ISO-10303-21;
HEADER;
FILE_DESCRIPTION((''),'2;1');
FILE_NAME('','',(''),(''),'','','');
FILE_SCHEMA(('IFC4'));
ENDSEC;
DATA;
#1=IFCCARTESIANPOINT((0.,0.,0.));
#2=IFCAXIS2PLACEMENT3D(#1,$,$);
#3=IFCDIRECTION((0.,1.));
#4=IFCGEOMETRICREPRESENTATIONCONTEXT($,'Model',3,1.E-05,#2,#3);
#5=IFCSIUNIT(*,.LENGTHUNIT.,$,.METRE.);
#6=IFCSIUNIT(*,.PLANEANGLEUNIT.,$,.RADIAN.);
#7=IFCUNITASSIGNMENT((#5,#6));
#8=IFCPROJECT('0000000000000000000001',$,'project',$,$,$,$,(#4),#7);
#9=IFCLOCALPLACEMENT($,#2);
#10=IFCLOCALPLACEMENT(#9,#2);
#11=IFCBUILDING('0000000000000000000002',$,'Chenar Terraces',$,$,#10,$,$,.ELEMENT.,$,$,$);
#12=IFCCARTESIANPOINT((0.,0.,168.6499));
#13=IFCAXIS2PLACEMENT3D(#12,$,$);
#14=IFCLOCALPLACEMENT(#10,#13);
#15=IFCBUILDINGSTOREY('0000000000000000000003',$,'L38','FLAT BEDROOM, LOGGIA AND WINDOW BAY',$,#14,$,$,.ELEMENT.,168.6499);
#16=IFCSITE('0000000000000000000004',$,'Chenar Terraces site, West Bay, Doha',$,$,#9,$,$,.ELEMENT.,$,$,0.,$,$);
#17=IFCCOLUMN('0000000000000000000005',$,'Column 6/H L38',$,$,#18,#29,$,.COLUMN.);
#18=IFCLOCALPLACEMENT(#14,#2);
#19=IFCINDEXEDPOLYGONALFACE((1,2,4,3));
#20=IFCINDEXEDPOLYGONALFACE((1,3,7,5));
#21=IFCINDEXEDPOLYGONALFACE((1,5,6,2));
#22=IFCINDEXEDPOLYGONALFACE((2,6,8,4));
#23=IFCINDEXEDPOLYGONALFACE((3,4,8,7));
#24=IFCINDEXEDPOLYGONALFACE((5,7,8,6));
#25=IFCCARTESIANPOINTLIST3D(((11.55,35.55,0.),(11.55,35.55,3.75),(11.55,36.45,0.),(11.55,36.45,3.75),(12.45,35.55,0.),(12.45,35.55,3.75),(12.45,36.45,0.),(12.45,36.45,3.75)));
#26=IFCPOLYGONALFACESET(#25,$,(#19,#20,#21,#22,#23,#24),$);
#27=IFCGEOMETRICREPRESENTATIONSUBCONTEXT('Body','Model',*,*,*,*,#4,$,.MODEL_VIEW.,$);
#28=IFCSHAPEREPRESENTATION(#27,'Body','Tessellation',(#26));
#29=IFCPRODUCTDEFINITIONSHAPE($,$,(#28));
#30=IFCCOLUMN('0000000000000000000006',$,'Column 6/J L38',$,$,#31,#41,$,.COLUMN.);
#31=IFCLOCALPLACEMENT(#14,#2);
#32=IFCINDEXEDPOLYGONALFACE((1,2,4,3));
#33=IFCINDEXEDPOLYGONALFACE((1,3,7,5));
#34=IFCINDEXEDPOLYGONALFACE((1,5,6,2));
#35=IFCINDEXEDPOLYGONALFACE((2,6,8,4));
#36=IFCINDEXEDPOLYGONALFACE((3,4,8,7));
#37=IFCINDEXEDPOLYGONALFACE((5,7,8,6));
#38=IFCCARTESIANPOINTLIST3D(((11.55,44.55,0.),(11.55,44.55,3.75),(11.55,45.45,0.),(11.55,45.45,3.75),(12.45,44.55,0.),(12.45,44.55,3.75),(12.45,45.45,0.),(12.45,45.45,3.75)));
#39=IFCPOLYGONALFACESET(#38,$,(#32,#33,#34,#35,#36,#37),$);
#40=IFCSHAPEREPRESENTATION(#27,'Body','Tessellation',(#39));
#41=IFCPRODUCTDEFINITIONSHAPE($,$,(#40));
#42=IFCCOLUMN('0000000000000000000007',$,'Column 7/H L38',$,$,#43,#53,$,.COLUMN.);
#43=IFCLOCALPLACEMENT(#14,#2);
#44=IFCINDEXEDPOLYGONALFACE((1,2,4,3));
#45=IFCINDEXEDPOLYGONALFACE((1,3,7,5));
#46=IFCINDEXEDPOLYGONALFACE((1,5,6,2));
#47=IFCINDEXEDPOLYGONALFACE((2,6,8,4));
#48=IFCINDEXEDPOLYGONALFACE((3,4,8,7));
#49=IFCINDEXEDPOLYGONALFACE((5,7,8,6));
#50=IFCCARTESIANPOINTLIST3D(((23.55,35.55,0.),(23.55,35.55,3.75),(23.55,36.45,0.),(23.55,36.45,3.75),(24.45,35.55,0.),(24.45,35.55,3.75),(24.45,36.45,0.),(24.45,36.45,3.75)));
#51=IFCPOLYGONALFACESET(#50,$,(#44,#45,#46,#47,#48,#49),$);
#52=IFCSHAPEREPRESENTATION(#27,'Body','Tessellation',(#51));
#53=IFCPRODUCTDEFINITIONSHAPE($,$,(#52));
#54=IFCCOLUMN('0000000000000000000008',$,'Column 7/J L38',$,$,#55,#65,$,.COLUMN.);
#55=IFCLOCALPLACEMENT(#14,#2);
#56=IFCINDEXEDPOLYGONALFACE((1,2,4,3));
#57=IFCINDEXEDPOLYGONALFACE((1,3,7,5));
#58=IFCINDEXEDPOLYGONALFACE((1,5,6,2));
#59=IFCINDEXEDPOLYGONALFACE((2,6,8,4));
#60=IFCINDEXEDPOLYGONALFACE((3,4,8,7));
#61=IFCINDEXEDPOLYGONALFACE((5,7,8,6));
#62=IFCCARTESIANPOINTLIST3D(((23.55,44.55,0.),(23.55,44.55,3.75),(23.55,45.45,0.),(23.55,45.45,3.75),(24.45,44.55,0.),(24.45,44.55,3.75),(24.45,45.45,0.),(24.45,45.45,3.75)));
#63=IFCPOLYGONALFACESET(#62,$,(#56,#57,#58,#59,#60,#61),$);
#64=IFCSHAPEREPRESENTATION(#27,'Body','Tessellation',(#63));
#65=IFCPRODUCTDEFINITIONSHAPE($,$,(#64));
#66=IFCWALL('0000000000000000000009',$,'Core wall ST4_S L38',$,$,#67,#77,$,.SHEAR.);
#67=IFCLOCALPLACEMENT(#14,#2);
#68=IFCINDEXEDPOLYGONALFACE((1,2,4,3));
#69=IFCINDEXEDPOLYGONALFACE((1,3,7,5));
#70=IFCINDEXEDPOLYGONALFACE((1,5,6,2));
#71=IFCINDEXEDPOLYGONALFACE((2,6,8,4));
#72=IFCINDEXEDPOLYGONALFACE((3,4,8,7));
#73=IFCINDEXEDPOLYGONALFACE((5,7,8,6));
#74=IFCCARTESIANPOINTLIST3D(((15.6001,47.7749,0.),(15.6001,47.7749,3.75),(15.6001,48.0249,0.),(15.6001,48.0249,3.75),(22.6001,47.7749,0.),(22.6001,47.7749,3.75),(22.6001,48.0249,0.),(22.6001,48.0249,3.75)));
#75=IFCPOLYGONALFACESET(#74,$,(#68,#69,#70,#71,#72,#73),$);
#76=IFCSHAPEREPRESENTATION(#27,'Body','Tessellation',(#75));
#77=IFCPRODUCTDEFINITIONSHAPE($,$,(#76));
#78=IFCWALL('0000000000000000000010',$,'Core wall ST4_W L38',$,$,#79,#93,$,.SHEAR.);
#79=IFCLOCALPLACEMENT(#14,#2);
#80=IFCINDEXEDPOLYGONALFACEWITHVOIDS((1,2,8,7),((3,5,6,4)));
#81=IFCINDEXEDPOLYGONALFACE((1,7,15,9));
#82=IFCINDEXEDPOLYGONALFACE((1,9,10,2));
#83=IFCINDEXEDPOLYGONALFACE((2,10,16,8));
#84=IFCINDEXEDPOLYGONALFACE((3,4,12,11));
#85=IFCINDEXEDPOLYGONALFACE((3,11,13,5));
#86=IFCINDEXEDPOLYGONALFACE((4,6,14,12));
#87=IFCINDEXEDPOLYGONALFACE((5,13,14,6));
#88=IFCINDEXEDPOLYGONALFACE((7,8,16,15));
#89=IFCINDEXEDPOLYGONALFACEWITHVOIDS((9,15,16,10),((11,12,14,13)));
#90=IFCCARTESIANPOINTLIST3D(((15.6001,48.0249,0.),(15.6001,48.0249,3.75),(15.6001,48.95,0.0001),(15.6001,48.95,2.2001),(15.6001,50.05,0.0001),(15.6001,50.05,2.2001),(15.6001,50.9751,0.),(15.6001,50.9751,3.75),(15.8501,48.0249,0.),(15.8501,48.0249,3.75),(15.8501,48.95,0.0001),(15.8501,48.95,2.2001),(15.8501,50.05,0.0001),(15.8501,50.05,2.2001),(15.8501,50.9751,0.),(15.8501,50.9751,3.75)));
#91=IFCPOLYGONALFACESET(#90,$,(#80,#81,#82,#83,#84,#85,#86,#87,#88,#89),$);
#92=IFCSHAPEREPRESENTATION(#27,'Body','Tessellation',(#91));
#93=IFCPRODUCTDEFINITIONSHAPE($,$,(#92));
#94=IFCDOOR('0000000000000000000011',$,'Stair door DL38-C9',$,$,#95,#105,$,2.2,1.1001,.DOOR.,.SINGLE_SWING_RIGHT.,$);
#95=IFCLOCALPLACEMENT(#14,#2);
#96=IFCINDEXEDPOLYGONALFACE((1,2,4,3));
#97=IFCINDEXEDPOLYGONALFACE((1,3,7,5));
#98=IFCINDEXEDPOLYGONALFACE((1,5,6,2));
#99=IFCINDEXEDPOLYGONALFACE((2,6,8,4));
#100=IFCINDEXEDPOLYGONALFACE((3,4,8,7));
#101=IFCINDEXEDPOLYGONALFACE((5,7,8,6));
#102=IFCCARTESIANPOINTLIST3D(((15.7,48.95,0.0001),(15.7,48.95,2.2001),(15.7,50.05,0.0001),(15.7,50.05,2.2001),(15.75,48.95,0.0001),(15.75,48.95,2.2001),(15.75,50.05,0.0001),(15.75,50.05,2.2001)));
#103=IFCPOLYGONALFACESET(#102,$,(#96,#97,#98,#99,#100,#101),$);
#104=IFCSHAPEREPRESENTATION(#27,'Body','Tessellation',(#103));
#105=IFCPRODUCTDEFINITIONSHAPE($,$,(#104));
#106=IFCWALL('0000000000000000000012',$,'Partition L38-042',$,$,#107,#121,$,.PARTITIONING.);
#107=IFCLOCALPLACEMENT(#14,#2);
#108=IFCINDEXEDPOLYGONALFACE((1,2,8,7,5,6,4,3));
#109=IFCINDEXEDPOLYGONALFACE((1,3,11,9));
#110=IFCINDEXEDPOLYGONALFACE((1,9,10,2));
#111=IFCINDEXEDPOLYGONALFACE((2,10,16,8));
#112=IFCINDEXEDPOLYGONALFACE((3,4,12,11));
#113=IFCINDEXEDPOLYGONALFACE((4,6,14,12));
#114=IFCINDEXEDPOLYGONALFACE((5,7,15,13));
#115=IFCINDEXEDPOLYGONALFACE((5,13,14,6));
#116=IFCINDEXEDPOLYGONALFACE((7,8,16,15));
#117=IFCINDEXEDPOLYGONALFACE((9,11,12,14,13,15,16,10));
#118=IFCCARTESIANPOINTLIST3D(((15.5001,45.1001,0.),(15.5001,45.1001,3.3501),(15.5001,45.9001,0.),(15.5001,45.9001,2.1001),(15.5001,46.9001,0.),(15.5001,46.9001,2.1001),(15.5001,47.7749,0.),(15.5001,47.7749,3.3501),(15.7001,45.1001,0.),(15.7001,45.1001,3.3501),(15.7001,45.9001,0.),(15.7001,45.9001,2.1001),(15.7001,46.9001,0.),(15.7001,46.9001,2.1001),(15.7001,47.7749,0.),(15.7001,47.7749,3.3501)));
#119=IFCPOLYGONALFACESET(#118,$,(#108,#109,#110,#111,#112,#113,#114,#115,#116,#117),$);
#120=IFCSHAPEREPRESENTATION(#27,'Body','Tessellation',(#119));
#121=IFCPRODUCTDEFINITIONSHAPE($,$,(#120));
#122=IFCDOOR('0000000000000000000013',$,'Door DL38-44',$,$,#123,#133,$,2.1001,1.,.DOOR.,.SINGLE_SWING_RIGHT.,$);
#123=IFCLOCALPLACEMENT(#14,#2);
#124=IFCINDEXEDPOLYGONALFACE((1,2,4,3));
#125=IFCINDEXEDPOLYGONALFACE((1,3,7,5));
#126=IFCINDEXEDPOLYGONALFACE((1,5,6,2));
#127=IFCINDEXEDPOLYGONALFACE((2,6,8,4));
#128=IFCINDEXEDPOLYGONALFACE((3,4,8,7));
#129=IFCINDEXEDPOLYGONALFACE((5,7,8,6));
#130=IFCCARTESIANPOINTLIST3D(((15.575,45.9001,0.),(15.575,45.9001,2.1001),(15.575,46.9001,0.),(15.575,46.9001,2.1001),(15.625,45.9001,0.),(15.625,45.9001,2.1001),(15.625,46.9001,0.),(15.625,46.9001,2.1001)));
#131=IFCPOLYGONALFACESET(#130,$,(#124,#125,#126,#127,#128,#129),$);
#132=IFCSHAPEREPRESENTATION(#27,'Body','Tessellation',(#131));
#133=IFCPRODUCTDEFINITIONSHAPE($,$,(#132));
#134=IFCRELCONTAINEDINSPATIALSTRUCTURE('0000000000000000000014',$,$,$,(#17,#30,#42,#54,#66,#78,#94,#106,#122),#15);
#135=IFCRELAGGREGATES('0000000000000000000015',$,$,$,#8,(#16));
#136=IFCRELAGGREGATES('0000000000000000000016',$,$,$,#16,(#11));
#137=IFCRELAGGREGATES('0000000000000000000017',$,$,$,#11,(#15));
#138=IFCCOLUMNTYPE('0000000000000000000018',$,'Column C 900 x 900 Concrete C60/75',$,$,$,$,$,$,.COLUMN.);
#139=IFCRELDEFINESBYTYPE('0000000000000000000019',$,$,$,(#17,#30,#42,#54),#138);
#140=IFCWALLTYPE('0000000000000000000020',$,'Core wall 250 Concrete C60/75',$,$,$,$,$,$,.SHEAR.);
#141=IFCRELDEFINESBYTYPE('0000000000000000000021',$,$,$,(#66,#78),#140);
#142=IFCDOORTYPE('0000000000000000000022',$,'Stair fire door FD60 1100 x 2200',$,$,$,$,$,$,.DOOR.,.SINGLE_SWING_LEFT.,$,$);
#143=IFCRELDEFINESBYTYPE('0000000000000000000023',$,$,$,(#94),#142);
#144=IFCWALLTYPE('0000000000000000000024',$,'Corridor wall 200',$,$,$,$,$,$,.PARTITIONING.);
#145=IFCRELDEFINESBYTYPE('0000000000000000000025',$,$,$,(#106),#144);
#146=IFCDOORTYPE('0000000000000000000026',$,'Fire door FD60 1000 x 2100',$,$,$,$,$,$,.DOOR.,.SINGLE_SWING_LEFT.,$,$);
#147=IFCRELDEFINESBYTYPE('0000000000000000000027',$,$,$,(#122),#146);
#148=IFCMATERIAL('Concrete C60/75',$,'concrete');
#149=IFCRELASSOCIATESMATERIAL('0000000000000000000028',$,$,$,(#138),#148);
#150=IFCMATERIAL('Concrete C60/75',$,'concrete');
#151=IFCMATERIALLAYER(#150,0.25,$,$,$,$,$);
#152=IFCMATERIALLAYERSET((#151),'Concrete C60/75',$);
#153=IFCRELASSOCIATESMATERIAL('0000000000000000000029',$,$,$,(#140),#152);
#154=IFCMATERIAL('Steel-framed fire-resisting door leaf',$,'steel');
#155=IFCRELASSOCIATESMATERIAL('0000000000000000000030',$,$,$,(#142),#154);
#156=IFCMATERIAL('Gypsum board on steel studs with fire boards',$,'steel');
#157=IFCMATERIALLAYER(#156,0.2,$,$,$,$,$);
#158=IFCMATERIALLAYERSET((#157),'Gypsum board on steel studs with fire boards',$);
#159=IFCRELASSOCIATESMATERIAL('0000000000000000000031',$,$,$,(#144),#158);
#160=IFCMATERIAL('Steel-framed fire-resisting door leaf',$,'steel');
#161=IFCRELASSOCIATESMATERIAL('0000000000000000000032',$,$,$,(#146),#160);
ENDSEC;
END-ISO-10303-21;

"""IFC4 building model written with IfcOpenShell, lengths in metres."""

from ifc_helpers import new_model, si_unit, direction, frame, frame_2d, origin, origin_2d, place, context, subcontext, project, spatial, rectangle, extrude, material, layer, layer_set, material_profile, profile_set, type_object, element, fill, save


model = new_model("IFC4")

# Units and contexts
model_context = context("Model", 3, precision=1e-05, world=origin(), true_north=direction((0.0, 1.0)))
body_context = subcontext(model_context, "Body", "Model", "MODEL_VIEW")
ifc_project = project(units=[si_unit("LENGTHUNIT", "METRE"), si_unit("PLANEANGLEUNIT", "RADIAN")], contexts=[model_context])

# Site, building, storey
site_placement = place(None, origin())
site = spatial("IfcSite", under=ifc_project, at=site_placement, Name="Chenar Terraces site, West Bay, Doha", CompositionType="ELEMENT", RefElevation=0.0)
building_placement = place(site_placement, origin())
building = spatial("IfcBuilding", under=site, at=building_placement, Name="Chenar Terraces", CompositionType="ELEMENT")
storey_placement = place(building_placement, frame((0.0, 0.0, 168.6499)))
storey = spatial("IfcBuildingStorey", under=building, at=storey_placement, Name="L38", Description="FLAT BEDROOM, LOGGIA AND WINDOW BAY", CompositionType="ELEMENT", Elevation=168.6499)

# Columns
ifc_material_1 = material(Name="Concrete C60/75", Category="concrete")
ifc_material_profile = material_profile(ifc_material_1, rectangle(XDim=0.8999, YDim=0.8999, at=origin_2d()), Name="C 900 x 900")
ifc_profile_set = profile_set([ifc_material_profile], Name="Concrete C60/75")
column_type = type_object("IfcColumnType", Name="Column C 900 x 900 Concrete C60/75", PredefinedType="COLUMN", material=ifc_profile_set)
for number, where, z_axis, x_axis, name in (
    (1, (12.0, 36.0, 0.0), (0.0, 0.0, 1.0), (1.0, 0.0, 0.0), "Column 6/H L38"),
    (2, (12.0, 45.0, 0.0), (0.0, 0.0, 1.0), (1.0, 0.0, 0.0), "Column 6/J L38"),
    (3, (24.0, 36.0, 0.0), (0.0, 0.0, 1.0), (1.0, 0.0, 0.0), "Column 7/H L38"),
    (4, (24.0, 45.0, 0.0), (0.0, 0.0, 1.0), (1.0, 0.0, 0.0), "Column 7/J L38"),
):
    element("IfcColumn", number, at=place(storey_placement, frame(where, z_axis=z_axis, x_axis=x_axis)), inside=storey, type_object=column_type, Name=name, PredefinedType="COLUMN", context=body_context, shape_type="SweptSolid", body=[
        extrude(rectangle(XDim=0.8999, YDim=0.8999, at=origin_2d()), origin(), (0.0, 0.0, 1.0), 3.75),
    ])

# Wall
ifc_material_2 = material(Name="Concrete C60/75", Category="concrete")
ifc_layer_1 = layer(ifc_material_2, 0.25)
ifc_layer_set_1 = layer_set([ifc_layer_1], Name="Concrete C60/75")
wall_type_1 = type_object("IfcWallType", Name="Core wall 250 Concrete C60/75", PredefinedType="SHEAR", material=ifc_layer_set_1)
wall_1_placement = place(storey_placement, frame((15.6001, 47.8999, 0.0), z_axis=(0.0, 0.0, 1.0), x_axis=(1.0, 0.0, 0.0)))
element("IfcWall", 5, at=wall_1_placement, inside=storey, type_object=wall_type_1, Name="Core wall ST4_S L38", PredefinedType="SHEAR", context=body_context, shape_type="SweptSolid", body=[
    extrude(rectangle(XDim=7.0, YDim=0.25, at=frame_2d((3.5, 0.0))), origin(), (0.0, 0.0, 1.0), 3.75),
])

# Walls, openings, doors
wall_2_placement = place(storey_placement, frame((15.7251, 48.0249, 0.0), z_axis=(0.0, 0.0, 1.0), x_axis=(0.0, 1.0, 0.0)))
wall_2 = element("IfcWall", 6, at=wall_2_placement, inside=storey, type_object=wall_type_1, Name="Core wall ST4_W L38", PredefinedType="SHEAR", context=body_context, shape_type="SweptSolid", body=[
    extrude(rectangle(XDim=2.9502, YDim=0.25, at=frame_2d((1.4751, 0.0))), origin(), (0.0, 0.0, 1.0), 3.75),
])
opening_1_placement = place(wall_2_placement, frame((0.925, 0.0, 0.0)))
opening_1 = element("IfcOpeningElement", 7, at=opening_1_placement, cuts=wall_2, PredefinedType="OPENING", context=body_context, shape_type="SweptSolid", body=[
    extrude(rectangle(XDim=1.1001, YDim=2.2, at=frame_2d((0.55, 1.1001))), frame((0.0, 0.135, 0.0), z_axis=(0.0, -1.0, 0.0), x_axis=(1.0, 0.0, 0.0)), (0.0, 0.0, 1.0), 0.27),
])
ifc_material_3 = material(Name="Steel-framed fire-resisting door leaf", Category="steel")
door_type_1 = type_object("IfcDoorType", Name="Stair fire door FD60 1100 x 2200", OperationType="SINGLE_SWING_LEFT", PredefinedType="DOOR", material=ifc_material_3)
door_1_placement = place(opening_1_placement, frame((1.1001, 0.0, 0.0), z_axis=(0.0, 0.0, 1.0), x_axis=(-1.0, 0.0, 0.0)))
door_1 = element("IfcDoor", 8, at=door_1_placement, inside=storey, type_object=door_type_1, Name="Stair door DL38-C9", OperationType="SINGLE_SWING_RIGHT", OverallHeight=2.2, OverallWidth=1.1001, PredefinedType="DOOR", context=body_context, shape_type="SweptSolid", body=[
    extrude(rectangle(XDim=1.1001, YDim=2.2, at=frame_2d((0.55, 1.1001))), frame((0.0, 0.0249, 0.0), z_axis=(0.0, -1.0, 0.0), x_axis=(1.0, 0.0, 0.0)), (0.0, 0.0, 1.0), 0.05),
])
fill(opening_1, door_1)
ifc_material_4 = material(Name="Gypsum board on steel studs with fire boards", Category="steel")
ifc_layer_2 = layer(ifc_material_4, 0.2)
ifc_layer_set_2 = layer_set([ifc_layer_2], Name="Gypsum board on steel studs with fire boards")
wall_type_2 = type_object("IfcWallType", Name="Corridor wall 200", PredefinedType="PARTITIONING", material=ifc_layer_set_2)
wall_3_placement = place(storey_placement, frame((15.6001, 45.1001, 0.0), z_axis=(0.0, 0.0, 1.0), x_axis=(0.0, 1.0, 0.0)))
wall_3 = element("IfcWall", 9, at=wall_3_placement, inside=storey, type_object=wall_type_2, Name="Partition L38-042", PredefinedType="PARTITIONING", context=body_context, shape_type="SweptSolid", body=[
    extrude(rectangle(XDim=2.6748, YDim=0.2, at=frame_2d((1.3374, 0.0))), origin(), (0.0, 0.0, 1.0), 3.3501),
])
opening_2_placement = place(wall_3_placement, frame((0.8, 0.0, 0.0)))
opening_2 = element("IfcOpeningElement", 10, at=opening_2_placement, cuts=wall_3, PredefinedType="OPENING", context=body_context, shape_type="SweptSolid", body=[
    extrude(rectangle(XDim=1.0, YDim=2.1001, at=frame_2d((0.5, 1.05))), frame((0.0, 0.1099, 0.0), z_axis=(0.0, -1.0, 0.0), x_axis=(1.0, 0.0, 0.0)), (0.0, 0.0, 1.0), 0.22),
])
ifc_material_5 = material(Name="Steel-framed fire-resisting door leaf", Category="steel")
door_type_2 = type_object("IfcDoorType", Name="Fire door FD60 1000 x 2100", OperationType="SINGLE_SWING_LEFT", PredefinedType="DOOR", material=ifc_material_5)
door_2_placement = place(opening_2_placement, frame((1.0, 0.0, 0.0), z_axis=(0.0, 0.0, 1.0), x_axis=(-1.0, 0.0, 0.0)))
door_2 = element("IfcDoor", 11, at=door_2_placement, inside=storey, type_object=door_type_2, Name="Door DL38-44", OperationType="SINGLE_SWING_RIGHT", OverallHeight=2.1001, OverallWidth=1.0, PredefinedType="DOOR", context=body_context, shape_type="SweptSolid", body=[
    extrude(rectangle(XDim=1.0, YDim=2.1001, at=frame_2d((0.5, 1.05))), frame((0.0, 0.0249, 0.0), z_axis=(0.0, -1.0, 0.0), x_axis=(1.0, 0.0, 0.0)), (0.0, 0.0, 1.0), 0.05),
])
fill(opening_2, door_2)

save(model, "model.ifc")
